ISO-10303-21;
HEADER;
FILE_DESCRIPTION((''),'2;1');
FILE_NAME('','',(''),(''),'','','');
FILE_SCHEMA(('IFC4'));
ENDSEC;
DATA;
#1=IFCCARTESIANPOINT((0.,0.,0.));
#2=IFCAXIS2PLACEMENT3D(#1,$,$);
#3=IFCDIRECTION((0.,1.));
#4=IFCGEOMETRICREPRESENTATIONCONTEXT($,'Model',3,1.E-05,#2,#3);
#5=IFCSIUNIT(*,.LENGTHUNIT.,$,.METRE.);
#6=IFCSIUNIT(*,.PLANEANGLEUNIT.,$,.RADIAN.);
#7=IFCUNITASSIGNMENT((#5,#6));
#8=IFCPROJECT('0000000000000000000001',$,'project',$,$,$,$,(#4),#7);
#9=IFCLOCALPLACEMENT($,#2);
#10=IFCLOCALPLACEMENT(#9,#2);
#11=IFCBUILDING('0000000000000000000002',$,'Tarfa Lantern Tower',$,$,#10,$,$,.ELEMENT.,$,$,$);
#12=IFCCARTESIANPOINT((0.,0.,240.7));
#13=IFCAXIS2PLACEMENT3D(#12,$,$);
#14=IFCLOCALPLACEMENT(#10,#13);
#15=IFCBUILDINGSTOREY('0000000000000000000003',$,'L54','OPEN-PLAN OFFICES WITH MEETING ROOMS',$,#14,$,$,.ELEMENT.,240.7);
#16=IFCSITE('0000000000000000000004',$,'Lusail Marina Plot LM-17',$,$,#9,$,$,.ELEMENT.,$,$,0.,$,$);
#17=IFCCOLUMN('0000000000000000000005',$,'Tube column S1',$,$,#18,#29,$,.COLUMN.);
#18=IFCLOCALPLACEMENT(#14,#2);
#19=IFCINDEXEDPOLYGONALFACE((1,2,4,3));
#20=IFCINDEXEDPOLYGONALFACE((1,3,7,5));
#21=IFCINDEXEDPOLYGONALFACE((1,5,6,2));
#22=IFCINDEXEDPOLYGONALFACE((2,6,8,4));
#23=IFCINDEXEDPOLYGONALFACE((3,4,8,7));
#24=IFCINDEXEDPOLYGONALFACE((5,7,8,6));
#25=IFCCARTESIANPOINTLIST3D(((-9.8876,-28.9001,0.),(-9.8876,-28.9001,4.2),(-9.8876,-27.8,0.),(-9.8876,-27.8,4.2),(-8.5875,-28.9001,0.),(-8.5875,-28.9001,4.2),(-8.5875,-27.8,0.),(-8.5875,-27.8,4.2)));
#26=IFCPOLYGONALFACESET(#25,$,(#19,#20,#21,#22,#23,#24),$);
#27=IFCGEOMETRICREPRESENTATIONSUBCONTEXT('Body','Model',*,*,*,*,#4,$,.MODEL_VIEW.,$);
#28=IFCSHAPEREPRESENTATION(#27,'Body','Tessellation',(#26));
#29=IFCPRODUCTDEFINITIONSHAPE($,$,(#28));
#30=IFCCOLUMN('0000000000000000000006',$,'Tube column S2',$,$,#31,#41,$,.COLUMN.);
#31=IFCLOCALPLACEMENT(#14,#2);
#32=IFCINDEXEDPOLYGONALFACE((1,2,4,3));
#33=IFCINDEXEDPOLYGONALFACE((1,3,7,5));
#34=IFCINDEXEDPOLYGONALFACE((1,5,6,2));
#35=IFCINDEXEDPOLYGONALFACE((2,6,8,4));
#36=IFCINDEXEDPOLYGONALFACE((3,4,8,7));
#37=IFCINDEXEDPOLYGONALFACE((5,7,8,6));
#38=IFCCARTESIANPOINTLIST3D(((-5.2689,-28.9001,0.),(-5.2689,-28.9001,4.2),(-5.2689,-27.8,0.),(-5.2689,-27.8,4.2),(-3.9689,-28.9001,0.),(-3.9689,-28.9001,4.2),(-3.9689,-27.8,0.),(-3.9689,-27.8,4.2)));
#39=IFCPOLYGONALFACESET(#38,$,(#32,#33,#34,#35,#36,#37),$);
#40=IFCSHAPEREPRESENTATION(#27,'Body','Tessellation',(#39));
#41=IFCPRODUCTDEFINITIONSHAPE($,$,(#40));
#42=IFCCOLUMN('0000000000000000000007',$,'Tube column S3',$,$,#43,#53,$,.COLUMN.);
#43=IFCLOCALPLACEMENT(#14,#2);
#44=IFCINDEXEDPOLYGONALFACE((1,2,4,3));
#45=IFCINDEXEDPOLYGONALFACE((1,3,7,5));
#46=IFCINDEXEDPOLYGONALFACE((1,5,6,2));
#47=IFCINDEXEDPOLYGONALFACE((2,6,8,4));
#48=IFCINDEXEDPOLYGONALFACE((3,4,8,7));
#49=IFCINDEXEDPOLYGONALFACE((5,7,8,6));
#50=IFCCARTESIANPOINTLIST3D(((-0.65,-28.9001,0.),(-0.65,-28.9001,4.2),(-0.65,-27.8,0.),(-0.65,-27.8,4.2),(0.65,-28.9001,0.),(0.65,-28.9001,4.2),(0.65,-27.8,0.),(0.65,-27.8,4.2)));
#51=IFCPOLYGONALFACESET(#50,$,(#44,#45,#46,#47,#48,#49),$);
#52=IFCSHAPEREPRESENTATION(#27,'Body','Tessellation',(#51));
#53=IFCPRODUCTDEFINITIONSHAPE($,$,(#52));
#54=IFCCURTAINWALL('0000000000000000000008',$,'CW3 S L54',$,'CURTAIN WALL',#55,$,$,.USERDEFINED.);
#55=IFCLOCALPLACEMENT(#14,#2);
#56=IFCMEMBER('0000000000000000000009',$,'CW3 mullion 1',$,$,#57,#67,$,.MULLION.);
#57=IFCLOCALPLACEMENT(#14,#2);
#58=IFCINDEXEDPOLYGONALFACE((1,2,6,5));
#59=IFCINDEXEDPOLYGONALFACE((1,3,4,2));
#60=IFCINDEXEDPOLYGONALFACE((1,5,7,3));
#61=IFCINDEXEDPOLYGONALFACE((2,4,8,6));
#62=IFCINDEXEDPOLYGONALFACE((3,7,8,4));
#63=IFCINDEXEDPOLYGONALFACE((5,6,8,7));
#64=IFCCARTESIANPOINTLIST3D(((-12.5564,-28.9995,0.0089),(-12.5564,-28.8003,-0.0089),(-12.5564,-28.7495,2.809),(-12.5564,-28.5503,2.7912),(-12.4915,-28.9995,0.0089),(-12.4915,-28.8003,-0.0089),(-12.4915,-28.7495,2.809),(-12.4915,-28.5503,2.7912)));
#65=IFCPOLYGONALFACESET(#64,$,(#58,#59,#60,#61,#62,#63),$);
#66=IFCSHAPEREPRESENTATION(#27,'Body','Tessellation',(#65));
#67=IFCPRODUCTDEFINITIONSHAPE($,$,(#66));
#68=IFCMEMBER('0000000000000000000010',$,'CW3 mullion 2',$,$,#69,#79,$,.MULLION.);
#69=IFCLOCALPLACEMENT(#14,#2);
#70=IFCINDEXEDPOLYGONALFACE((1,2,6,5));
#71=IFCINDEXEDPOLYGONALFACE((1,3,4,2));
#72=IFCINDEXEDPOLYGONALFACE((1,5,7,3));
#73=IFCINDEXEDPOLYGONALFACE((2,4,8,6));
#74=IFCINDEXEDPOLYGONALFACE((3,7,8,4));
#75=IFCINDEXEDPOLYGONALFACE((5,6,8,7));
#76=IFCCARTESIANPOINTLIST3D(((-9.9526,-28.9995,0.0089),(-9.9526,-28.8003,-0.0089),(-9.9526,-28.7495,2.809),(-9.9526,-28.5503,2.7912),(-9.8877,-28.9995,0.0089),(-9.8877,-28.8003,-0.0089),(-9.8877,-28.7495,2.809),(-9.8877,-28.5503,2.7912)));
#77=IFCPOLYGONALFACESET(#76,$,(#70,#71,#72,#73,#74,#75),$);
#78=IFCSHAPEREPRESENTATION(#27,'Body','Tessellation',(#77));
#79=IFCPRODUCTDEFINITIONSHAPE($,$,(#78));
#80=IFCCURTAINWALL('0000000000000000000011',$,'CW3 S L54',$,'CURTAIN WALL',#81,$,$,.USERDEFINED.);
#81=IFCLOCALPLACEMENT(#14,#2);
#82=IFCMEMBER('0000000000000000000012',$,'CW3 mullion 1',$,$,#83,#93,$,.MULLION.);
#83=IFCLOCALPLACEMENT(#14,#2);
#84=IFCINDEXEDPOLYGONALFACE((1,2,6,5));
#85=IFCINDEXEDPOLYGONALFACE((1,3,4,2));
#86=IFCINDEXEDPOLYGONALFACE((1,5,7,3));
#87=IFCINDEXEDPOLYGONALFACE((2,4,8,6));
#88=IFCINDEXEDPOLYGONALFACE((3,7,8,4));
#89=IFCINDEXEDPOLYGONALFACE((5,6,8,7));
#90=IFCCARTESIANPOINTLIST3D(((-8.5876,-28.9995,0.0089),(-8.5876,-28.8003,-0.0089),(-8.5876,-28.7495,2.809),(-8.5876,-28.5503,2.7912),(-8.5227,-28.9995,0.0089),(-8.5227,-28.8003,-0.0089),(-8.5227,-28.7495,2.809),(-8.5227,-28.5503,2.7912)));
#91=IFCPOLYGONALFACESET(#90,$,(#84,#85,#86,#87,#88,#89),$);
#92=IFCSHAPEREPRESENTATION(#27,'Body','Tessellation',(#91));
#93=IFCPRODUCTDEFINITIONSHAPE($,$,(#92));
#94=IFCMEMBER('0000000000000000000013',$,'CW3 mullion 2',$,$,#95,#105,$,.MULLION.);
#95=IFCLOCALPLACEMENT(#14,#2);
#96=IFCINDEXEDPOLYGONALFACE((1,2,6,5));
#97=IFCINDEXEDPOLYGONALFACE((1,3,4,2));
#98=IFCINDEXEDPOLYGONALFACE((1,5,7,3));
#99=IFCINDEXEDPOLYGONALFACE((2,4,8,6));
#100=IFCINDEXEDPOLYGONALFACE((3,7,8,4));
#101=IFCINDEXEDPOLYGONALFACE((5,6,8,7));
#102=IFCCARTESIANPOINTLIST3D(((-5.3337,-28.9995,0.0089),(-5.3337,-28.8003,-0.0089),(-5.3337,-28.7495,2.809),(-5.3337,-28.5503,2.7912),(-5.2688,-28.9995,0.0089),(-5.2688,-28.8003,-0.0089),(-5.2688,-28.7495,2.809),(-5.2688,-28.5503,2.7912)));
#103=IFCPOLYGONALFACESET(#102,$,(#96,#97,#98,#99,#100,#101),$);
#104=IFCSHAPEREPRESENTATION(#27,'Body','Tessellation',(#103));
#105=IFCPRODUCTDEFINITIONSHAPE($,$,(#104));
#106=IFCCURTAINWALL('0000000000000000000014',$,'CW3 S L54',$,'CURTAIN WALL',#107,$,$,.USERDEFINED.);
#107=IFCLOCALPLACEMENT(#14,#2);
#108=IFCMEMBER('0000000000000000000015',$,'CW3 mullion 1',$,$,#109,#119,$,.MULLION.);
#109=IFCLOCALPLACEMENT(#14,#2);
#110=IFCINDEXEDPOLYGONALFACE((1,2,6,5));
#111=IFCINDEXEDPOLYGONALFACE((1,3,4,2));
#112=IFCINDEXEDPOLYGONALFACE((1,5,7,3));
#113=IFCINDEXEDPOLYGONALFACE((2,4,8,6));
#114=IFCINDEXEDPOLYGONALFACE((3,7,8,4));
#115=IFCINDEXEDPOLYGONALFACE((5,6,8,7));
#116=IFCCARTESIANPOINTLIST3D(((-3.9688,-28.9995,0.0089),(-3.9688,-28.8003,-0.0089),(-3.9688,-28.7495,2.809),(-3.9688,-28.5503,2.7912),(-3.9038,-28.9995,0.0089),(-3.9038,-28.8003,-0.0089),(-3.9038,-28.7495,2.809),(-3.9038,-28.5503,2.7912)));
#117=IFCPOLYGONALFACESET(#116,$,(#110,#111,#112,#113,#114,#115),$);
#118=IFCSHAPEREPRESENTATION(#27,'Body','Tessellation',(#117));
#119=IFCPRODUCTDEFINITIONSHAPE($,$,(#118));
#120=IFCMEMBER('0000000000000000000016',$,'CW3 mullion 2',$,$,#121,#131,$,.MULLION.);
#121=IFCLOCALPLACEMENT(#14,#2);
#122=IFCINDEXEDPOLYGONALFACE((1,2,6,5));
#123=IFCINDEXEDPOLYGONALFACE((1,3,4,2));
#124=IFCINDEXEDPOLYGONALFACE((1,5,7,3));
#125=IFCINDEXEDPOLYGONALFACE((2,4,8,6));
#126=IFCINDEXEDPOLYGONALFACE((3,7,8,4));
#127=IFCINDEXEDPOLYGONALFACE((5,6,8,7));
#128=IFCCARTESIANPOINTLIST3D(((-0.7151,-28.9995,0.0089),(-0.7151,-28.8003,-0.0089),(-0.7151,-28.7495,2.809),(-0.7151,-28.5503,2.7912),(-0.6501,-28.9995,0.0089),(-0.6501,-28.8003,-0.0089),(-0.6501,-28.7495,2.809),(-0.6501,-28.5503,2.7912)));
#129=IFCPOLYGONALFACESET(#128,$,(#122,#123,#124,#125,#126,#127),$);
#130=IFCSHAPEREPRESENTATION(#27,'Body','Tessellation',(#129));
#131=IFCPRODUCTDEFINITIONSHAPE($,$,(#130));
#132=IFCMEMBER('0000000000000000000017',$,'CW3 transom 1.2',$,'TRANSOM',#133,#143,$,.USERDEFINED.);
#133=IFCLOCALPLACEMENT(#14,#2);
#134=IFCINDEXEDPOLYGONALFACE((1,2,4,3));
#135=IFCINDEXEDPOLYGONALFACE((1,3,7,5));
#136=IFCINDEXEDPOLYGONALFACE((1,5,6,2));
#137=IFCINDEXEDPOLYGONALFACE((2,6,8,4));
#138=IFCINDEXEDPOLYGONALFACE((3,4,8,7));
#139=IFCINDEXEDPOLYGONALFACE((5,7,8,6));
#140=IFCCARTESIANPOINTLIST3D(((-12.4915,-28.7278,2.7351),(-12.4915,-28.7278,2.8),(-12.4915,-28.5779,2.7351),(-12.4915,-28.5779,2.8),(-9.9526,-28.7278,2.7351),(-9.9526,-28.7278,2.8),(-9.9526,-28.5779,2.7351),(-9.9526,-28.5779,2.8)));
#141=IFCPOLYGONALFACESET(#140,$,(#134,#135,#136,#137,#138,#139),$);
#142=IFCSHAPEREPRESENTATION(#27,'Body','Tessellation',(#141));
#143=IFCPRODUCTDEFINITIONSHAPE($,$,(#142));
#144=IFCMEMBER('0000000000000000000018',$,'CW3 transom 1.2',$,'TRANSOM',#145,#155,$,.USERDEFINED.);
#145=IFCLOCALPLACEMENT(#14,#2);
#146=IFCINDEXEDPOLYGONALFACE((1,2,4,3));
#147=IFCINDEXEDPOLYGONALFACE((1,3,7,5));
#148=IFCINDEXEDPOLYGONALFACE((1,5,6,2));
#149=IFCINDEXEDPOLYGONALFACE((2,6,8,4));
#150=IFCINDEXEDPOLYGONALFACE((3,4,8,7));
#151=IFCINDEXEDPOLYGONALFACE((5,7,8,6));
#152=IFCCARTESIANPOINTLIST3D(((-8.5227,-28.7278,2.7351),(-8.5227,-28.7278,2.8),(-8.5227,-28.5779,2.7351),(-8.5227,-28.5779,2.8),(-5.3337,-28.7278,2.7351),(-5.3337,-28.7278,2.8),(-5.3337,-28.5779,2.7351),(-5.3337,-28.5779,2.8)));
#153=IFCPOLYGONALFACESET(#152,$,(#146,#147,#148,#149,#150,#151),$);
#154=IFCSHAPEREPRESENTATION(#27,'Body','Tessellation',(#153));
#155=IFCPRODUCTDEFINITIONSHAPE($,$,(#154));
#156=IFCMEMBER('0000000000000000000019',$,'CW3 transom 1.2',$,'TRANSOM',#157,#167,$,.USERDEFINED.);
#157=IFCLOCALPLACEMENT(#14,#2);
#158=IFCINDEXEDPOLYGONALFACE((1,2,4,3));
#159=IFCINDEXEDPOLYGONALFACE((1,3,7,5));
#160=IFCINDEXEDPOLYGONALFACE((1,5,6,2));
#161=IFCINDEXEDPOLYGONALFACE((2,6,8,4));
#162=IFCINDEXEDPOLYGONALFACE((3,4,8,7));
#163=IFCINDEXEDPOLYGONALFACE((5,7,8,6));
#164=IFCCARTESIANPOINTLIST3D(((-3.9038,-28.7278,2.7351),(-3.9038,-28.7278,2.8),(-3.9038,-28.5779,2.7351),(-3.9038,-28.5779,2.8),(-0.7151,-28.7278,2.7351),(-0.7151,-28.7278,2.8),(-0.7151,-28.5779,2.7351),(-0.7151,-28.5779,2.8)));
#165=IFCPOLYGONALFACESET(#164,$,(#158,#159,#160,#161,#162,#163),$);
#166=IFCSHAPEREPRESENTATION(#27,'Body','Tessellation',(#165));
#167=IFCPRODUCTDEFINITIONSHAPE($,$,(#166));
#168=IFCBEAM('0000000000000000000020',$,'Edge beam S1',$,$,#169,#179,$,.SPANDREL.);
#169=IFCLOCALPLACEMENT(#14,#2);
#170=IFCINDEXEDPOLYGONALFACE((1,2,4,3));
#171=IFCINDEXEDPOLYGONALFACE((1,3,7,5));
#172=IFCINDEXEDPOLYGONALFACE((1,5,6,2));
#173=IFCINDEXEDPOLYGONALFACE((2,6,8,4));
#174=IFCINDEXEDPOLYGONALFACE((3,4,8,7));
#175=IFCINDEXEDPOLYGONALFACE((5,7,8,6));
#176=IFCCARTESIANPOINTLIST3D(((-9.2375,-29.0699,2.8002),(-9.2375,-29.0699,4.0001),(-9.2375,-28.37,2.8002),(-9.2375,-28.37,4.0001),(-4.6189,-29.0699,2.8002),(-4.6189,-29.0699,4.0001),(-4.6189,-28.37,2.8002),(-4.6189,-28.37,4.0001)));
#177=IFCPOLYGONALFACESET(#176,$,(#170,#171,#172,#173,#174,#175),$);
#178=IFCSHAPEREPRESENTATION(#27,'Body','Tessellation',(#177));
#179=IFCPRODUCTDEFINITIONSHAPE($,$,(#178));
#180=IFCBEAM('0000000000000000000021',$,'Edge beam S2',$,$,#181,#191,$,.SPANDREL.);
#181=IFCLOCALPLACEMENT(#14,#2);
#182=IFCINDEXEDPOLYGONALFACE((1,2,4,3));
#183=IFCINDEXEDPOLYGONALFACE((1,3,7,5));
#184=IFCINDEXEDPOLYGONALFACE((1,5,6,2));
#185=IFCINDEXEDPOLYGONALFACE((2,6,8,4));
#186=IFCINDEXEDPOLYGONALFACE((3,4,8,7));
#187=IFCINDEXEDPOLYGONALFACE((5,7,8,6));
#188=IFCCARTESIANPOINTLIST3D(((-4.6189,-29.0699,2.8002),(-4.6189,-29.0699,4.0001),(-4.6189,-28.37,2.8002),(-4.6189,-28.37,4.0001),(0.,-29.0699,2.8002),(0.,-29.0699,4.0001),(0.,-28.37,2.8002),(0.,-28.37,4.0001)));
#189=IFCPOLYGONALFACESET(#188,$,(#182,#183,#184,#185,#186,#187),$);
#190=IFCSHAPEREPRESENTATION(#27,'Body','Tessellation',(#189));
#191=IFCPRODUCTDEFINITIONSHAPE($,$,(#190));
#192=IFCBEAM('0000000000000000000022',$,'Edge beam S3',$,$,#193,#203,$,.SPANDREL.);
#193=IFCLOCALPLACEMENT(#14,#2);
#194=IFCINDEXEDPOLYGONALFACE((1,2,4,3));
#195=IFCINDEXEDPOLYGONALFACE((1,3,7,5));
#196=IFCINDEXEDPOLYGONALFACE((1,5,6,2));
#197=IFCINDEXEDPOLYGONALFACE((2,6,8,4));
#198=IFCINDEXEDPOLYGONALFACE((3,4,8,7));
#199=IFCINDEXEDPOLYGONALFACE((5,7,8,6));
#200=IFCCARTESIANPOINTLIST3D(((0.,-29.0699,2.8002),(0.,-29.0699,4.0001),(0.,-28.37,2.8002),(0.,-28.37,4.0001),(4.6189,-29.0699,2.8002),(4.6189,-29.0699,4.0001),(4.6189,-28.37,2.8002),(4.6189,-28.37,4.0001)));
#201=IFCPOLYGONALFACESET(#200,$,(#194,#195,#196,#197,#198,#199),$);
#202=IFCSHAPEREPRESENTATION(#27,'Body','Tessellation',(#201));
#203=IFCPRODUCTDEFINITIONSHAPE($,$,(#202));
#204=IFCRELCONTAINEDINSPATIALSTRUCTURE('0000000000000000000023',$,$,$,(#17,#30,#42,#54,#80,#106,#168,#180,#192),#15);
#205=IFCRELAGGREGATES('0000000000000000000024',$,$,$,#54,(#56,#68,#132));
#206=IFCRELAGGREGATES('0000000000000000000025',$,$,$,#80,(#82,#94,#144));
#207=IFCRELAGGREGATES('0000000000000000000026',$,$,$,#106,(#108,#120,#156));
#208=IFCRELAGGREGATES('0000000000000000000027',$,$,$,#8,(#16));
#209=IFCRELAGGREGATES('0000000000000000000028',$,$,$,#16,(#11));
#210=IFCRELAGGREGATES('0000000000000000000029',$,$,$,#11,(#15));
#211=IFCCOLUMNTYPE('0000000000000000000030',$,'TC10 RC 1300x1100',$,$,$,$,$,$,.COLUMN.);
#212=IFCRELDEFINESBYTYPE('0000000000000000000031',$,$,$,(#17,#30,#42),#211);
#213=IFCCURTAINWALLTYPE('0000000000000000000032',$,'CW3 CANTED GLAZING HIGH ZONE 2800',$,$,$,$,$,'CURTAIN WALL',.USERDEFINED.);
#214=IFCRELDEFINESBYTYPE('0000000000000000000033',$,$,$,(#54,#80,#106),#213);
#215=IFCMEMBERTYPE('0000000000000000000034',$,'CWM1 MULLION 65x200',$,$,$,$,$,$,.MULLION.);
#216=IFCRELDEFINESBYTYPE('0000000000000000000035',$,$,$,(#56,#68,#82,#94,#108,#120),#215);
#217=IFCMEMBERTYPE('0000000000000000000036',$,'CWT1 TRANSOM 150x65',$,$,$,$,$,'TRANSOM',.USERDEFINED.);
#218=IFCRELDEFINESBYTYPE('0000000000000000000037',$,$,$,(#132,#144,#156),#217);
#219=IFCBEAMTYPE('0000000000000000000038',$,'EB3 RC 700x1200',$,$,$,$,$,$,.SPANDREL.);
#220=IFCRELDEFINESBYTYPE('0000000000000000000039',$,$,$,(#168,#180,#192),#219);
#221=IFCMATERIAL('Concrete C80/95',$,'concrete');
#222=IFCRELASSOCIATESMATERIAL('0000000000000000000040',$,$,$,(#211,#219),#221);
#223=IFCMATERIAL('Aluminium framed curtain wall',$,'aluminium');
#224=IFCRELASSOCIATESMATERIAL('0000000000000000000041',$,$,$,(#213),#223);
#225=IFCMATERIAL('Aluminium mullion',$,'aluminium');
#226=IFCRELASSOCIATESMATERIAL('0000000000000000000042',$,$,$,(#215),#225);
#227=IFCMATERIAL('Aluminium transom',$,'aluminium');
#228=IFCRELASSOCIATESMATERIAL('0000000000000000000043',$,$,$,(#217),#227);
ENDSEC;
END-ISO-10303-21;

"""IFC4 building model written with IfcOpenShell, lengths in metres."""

from ifc_helpers import new_model, si_unit, direction, frame, origin, origin_2d, place, context, subcontext, project, spatial, rectangle, extrude, material, material_profile, profile_set, type_object, element, aggregate, save


model = new_model("IFC4")

# Units and contexts
model_context = context("Model", 3, precision=1e-05, world=origin(), true_north=direction((0.0, 1.0)))
body_context = subcontext(model_context, "Body", "Model", "MODEL_VIEW")
ifc_project = project(units=[si_unit("LENGTHUNIT", "METRE"), si_unit("PLANEANGLEUNIT", "RADIAN")], contexts=[model_context])

# Site, building, storey
site_placement = place(None, origin())
site = spatial("IfcSite", under=ifc_project, at=site_placement, Name="Lusail Marina Plot LM-17", CompositionType="ELEMENT", RefElevation=0.0)
building_placement = place(site_placement, origin())
building = spatial("IfcBuilding", under=site, at=building_placement, Name="Tarfa Lantern Tower", CompositionType="ELEMENT")
storey_placement = place(building_placement, frame((0.0, 0.0, 240.7)))
storey = spatial("IfcBuildingStorey", under=building, at=storey_placement, Name="L54", Description="OPEN-PLAN OFFICES WITH MEETING ROOMS", CompositionType="ELEMENT", Elevation=240.7)

# Columns
ifc_material_1 = material(Name="Concrete C80/95", Category="concrete")
ifc_material_profile_1 = material_profile(ifc_material_1, rectangle(XDim=1.3, YDim=1.1001, at=origin_2d()), Name="RC 1300x1100")
ifc_profile_set_1 = profile_set([ifc_material_profile_1], Name="Concrete C80/95")
column_type = type_object("IfcColumnType", Name="TC10 RC 1300x1100", PredefinedType="COLUMN", material=ifc_profile_set_1)
for number, where, z_axis, x_axis, name in (
    (1, (-9.2375, -28.3501, 0.0), (0.0, 0.0, 1.0), (1.0, 0.0, 0.0), "Tube column S1"),
    (2, (-4.6189, -28.3501, 0.0), (0.0, 0.0, 1.0), (1.0, 0.0, 0.0), "Tube column S2"),
    (3, (0.0, -28.3501, 0.0), (0.0, 0.0, 1.0), (1.0, 0.0, 0.0), "Tube column S3"),
):
    element("IfcColumn", number, at=place(storey_placement, frame(where, z_axis=z_axis, x_axis=x_axis)), inside=storey, type_object=column_type, Name=name, PredefinedType="COLUMN", context=body_context, shape_type="SweptSolid", body=[
        extrude(rectangle(XDim=1.3, YDim=1.1001, at=origin_2d()), origin(), (0.0, 0.0, 1.0), 4.2),
    ])

# Curtain walls, members
ifc_material_2 = material(Name="Aluminium framed curtain wall", Category="aluminium")
curtain_wall_type = type_object("IfcCurtainWallType", Name="CW3 CANTED GLAZING HIGH ZONE 2800", ElementType="CURTAIN WALL", PredefinedType="USERDEFINED", material=ifc_material_2)
curtain_wall_1_placement = place(storey_placement, origin())
curtain_wall_1 = element("IfcCurtainWall", 4, at=curtain_wall_1_placement, inside=storey, type_object=curtain_wall_type, Name="CW3 S L54", ObjectType="CURTAIN WALL", PredefinedType="USERDEFINED")
ifc_material_3 = material(Name="Aluminium mullion", Category="aluminium")
ifc_material_profile_2 = material_profile(ifc_material_3, rectangle(XDim=0.0649, YDim=0.2, at=origin_2d()), Name="AL MULLION 65x200")
ifc_profile_set_2 = profile_set([ifc_material_profile_2], Name="Aluminium mullion")
member_type_1 = type_object("IfcMemberType", Name="CWM1 MULLION 65x200", PredefinedType="MULLION", material=ifc_profile_set_2)
member_1_placement = place(storey_placement, frame((-12.5239, -28.8999, 0.0), z_axis=(0.0, 0.08893, 0.996038), x_axis=(-1.0, 0.0, 0.0)))
member_1 = element("IfcMember", 5, at=member_1_placement, type_object=member_type_1, Name="CW3 mullion 1", PredefinedType="MULLION", context=body_context, shape_type="SweptSolid", body=[
    extrude(rectangle(XDim=0.0649, YDim=0.2, at=origin_2d()), origin(), (0.0, 0.0, 1.0), 2.8113),
])
member_2_placement = place(storey_placement, frame((-9.9202, -28.8999, 0.0), z_axis=(0.0, 0.08893, 0.996038), x_axis=(-1.0, 0.0, 0.0)))
member_2 = element("IfcMember", 6, at=member_2_placement, type_object=member_type_1, Name="CW3 mullion 2", PredefinedType="MULLION", context=body_context, shape_type="SweptSolid", body=[
    extrude(rectangle(XDim=0.0649, YDim=0.2, at=origin_2d()), origin(), (0.0, 0.0, 1.0), 2.8113),
])
curtain_wall_2_placement = place(storey_placement, origin())
curtain_wall_2 = element("IfcCurtainWall", 7, at=curtain_wall_2_placement, inside=storey, type_object=curtain_wall_type, Name="CW3 S L54", ObjectType="CURTAIN WALL", PredefinedType="USERDEFINED")
member_3_placement = place(storey_placement, frame((-8.5552, -28.8999, 0.0), z_axis=(0.0, 0.08893, 0.996038), x_axis=(-1.0, 0.0, 0.0)))
member_3 = element("IfcMember", 8, at=member_3_placement, type_object=member_type_1, Name="CW3 mullion 1", PredefinedType="MULLION", context=body_context, shape_type="SweptSolid", body=[
    extrude(rectangle(XDim=0.0649, YDim=0.2, at=origin_2d()), origin(), (0.0, 0.0, 1.0), 2.8113),
])
member_4_placement = place(storey_placement, frame((-5.3013, -28.8999, 0.0), z_axis=(0.0, 0.08893, 0.996038), x_axis=(-1.0, 0.0, 0.0)))
member_4 = element("IfcMember", 9, at=member_4_placement, type_object=member_type_1, Name="CW3 mullion 2", PredefinedType="MULLION", context=body_context, shape_type="SweptSolid", body=[
    extrude(rectangle(XDim=0.0649, YDim=0.2, at=origin_2d()), origin(), (0.0, 0.0, 1.0), 2.8113),
])
curtain_wall_3_placement = place(storey_placement, origin())
curtain_wall_3 = element("IfcCurtainWall", 10, at=curtain_wall_3_placement, inside=storey, type_object=curtain_wall_type, Name="CW3 S L54", ObjectType="CURTAIN WALL", PredefinedType="USERDEFINED")
member_5_placement = place(storey_placement, frame((-3.9363, -28.8999, 0.0), z_axis=(0.0, 0.08893, 0.996038), x_axis=(-1.0, 0.0, 0.0)))
member_5 = element("IfcMember", 11, at=member_5_placement, type_object=member_type_1, Name="CW3 mullion 1", PredefinedType="MULLION", context=body_context, shape_type="SweptSolid", body=[
    extrude(rectangle(XDim=0.0649, YDim=0.2, at=origin_2d()), origin(), (0.0, 0.0, 1.0), 2.8113),
])
member_6_placement = place(storey_placement, frame((-0.6826, -28.8999, 0.0), z_axis=(0.0, 0.08893, 0.996038), x_axis=(-1.0, 0.0, 0.0)))
member_6 = element("IfcMember", 12, at=member_6_placement, type_object=member_type_1, Name="CW3 mullion 2", PredefinedType="MULLION", context=body_context, shape_type="SweptSolid", body=[
    extrude(rectangle(XDim=0.0649, YDim=0.2, at=origin_2d()), origin(), (0.0, 0.0, 1.0), 2.8113),
])

# Members
ifc_material_4 = material(Name="Aluminium transom", Category="aluminium")
ifc_material_profile_3 = material_profile(ifc_material_4, rectangle(XDim=0.1499, YDim=0.0649, at=origin_2d()), Name="AL TRANSOM 150x65")
ifc_profile_set_3 = profile_set([ifc_material_profile_3], Name="Aluminium transom")
member_type_2 = type_object("IfcMemberType", Name="CWT1 TRANSOM 150x65", ElementType="TRANSOM", PredefinedType="USERDEFINED", material=ifc_profile_set_3)
member_7_placement = place(storey_placement, frame((-12.4915, -28.6528, 2.7676), z_axis=(1.0, 0.0, 0.0), x_axis=(0.0, 1.0, 0.0)))
member_7 = element("IfcMember", 13, at=member_7_placement, type_object=member_type_2, Name="CW3 transom 1.2", ObjectType="TRANSOM", PredefinedType="USERDEFINED", context=body_context, shape_type="SweptSolid", body=[
    extrude(rectangle(XDim=0.1499, YDim=0.0649, at=origin_2d()), origin(), (0.0, 0.0, 1.0), 2.5388),
])
member_8_placement = place(storey_placement, frame((-8.5227, -28.6528, 2.7676), z_axis=(1.0, 0.0, 0.0), x_axis=(0.0, 1.0, 0.0)))
member_8 = element("IfcMember", 14, at=member_8_placement, type_object=member_type_2, Name="CW3 transom 1.2", ObjectType="TRANSOM", PredefinedType="USERDEFINED", context=body_context, shape_type="SweptSolid", body=[
    extrude(rectangle(XDim=0.1499, YDim=0.0649, at=origin_2d()), origin(), (0.0, 0.0, 1.0), 3.189),
])
member_9_placement = place(storey_placement, frame((-3.9038, -28.6528, 2.7676), z_axis=(1.0, 0.0, 0.0), x_axis=(0.0, 1.0, 0.0)))
member_9 = element("IfcMember", 15, at=member_9_placement, type_object=member_type_2, Name="CW3 transom 1.2", ObjectType="TRANSOM", PredefinedType="USERDEFINED", context=body_context, shape_type="SweptSolid", body=[
    extrude(rectangle(XDim=0.1499, YDim=0.0649, at=origin_2d()), origin(), (0.0, 0.0, 1.0), 3.1887),
])

# Beams
ifc_material_profile_4 = material_profile(ifc_material_1, rectangle(XDim=0.7, YDim=1.2, at=origin_2d()), Name="RC 700x1200")
ifc_profile_set_4 = profile_set([ifc_material_profile_4], Name="Concrete C80/95")
beam_type_1 = type_object("IfcBeamType", Name="EB3 RC 700x1200", PredefinedType="SPANDREL", material=ifc_profile_set_4)
beam_placement = place(storey_placement, frame((-9.2375, -28.72, 3.4001), z_axis=(1.0, 0.0, 0.0), x_axis=(0.0, 1.0, 0.0)))
element("IfcBeam", 16, at=beam_placement, inside=storey, type_object=beam_type_1, Name="Edge beam S1", PredefinedType="SPANDREL", context=body_context, shape_type="SweptSolid", body=[
    extrude(rectangle(XDim=0.7, YDim=1.2, at=origin_2d()), origin(), (0.0, 0.0, 1.0), 4.6187),
])
for number, where, z_axis, x_axis, name in (
    (17, (-4.6189, -28.72, 3.4001), (1.0, 0.0, 0.0), (0.0, 1.0, 0.0), "Edge beam S2"),
    (18, (0.0, -28.72, 3.4001), (1.0, 0.0, 0.0), (0.0, 1.0, 0.0), "Edge beam S3"),
):
    element("IfcBeam", number, at=place(storey_placement, frame(where, z_axis=z_axis, x_axis=x_axis)), inside=storey, type_object=beam_type_1, Name=name, PredefinedType="SPANDREL", context=body_context, shape_type="SweptSolid", body=[
        extrude(rectangle(XDim=0.7, YDim=1.2, at=origin_2d()), origin(), (0.0, 0.0, 1.0), 4.6189),
    ])

aggregate(curtain_wall_1, [member_1, member_2, member_7])
aggregate(curtain_wall_2, [member_3, member_4, member_8])
aggregate(curtain_wall_3, [member_5, member_6, member_9])

save(model, "model.ifc")
